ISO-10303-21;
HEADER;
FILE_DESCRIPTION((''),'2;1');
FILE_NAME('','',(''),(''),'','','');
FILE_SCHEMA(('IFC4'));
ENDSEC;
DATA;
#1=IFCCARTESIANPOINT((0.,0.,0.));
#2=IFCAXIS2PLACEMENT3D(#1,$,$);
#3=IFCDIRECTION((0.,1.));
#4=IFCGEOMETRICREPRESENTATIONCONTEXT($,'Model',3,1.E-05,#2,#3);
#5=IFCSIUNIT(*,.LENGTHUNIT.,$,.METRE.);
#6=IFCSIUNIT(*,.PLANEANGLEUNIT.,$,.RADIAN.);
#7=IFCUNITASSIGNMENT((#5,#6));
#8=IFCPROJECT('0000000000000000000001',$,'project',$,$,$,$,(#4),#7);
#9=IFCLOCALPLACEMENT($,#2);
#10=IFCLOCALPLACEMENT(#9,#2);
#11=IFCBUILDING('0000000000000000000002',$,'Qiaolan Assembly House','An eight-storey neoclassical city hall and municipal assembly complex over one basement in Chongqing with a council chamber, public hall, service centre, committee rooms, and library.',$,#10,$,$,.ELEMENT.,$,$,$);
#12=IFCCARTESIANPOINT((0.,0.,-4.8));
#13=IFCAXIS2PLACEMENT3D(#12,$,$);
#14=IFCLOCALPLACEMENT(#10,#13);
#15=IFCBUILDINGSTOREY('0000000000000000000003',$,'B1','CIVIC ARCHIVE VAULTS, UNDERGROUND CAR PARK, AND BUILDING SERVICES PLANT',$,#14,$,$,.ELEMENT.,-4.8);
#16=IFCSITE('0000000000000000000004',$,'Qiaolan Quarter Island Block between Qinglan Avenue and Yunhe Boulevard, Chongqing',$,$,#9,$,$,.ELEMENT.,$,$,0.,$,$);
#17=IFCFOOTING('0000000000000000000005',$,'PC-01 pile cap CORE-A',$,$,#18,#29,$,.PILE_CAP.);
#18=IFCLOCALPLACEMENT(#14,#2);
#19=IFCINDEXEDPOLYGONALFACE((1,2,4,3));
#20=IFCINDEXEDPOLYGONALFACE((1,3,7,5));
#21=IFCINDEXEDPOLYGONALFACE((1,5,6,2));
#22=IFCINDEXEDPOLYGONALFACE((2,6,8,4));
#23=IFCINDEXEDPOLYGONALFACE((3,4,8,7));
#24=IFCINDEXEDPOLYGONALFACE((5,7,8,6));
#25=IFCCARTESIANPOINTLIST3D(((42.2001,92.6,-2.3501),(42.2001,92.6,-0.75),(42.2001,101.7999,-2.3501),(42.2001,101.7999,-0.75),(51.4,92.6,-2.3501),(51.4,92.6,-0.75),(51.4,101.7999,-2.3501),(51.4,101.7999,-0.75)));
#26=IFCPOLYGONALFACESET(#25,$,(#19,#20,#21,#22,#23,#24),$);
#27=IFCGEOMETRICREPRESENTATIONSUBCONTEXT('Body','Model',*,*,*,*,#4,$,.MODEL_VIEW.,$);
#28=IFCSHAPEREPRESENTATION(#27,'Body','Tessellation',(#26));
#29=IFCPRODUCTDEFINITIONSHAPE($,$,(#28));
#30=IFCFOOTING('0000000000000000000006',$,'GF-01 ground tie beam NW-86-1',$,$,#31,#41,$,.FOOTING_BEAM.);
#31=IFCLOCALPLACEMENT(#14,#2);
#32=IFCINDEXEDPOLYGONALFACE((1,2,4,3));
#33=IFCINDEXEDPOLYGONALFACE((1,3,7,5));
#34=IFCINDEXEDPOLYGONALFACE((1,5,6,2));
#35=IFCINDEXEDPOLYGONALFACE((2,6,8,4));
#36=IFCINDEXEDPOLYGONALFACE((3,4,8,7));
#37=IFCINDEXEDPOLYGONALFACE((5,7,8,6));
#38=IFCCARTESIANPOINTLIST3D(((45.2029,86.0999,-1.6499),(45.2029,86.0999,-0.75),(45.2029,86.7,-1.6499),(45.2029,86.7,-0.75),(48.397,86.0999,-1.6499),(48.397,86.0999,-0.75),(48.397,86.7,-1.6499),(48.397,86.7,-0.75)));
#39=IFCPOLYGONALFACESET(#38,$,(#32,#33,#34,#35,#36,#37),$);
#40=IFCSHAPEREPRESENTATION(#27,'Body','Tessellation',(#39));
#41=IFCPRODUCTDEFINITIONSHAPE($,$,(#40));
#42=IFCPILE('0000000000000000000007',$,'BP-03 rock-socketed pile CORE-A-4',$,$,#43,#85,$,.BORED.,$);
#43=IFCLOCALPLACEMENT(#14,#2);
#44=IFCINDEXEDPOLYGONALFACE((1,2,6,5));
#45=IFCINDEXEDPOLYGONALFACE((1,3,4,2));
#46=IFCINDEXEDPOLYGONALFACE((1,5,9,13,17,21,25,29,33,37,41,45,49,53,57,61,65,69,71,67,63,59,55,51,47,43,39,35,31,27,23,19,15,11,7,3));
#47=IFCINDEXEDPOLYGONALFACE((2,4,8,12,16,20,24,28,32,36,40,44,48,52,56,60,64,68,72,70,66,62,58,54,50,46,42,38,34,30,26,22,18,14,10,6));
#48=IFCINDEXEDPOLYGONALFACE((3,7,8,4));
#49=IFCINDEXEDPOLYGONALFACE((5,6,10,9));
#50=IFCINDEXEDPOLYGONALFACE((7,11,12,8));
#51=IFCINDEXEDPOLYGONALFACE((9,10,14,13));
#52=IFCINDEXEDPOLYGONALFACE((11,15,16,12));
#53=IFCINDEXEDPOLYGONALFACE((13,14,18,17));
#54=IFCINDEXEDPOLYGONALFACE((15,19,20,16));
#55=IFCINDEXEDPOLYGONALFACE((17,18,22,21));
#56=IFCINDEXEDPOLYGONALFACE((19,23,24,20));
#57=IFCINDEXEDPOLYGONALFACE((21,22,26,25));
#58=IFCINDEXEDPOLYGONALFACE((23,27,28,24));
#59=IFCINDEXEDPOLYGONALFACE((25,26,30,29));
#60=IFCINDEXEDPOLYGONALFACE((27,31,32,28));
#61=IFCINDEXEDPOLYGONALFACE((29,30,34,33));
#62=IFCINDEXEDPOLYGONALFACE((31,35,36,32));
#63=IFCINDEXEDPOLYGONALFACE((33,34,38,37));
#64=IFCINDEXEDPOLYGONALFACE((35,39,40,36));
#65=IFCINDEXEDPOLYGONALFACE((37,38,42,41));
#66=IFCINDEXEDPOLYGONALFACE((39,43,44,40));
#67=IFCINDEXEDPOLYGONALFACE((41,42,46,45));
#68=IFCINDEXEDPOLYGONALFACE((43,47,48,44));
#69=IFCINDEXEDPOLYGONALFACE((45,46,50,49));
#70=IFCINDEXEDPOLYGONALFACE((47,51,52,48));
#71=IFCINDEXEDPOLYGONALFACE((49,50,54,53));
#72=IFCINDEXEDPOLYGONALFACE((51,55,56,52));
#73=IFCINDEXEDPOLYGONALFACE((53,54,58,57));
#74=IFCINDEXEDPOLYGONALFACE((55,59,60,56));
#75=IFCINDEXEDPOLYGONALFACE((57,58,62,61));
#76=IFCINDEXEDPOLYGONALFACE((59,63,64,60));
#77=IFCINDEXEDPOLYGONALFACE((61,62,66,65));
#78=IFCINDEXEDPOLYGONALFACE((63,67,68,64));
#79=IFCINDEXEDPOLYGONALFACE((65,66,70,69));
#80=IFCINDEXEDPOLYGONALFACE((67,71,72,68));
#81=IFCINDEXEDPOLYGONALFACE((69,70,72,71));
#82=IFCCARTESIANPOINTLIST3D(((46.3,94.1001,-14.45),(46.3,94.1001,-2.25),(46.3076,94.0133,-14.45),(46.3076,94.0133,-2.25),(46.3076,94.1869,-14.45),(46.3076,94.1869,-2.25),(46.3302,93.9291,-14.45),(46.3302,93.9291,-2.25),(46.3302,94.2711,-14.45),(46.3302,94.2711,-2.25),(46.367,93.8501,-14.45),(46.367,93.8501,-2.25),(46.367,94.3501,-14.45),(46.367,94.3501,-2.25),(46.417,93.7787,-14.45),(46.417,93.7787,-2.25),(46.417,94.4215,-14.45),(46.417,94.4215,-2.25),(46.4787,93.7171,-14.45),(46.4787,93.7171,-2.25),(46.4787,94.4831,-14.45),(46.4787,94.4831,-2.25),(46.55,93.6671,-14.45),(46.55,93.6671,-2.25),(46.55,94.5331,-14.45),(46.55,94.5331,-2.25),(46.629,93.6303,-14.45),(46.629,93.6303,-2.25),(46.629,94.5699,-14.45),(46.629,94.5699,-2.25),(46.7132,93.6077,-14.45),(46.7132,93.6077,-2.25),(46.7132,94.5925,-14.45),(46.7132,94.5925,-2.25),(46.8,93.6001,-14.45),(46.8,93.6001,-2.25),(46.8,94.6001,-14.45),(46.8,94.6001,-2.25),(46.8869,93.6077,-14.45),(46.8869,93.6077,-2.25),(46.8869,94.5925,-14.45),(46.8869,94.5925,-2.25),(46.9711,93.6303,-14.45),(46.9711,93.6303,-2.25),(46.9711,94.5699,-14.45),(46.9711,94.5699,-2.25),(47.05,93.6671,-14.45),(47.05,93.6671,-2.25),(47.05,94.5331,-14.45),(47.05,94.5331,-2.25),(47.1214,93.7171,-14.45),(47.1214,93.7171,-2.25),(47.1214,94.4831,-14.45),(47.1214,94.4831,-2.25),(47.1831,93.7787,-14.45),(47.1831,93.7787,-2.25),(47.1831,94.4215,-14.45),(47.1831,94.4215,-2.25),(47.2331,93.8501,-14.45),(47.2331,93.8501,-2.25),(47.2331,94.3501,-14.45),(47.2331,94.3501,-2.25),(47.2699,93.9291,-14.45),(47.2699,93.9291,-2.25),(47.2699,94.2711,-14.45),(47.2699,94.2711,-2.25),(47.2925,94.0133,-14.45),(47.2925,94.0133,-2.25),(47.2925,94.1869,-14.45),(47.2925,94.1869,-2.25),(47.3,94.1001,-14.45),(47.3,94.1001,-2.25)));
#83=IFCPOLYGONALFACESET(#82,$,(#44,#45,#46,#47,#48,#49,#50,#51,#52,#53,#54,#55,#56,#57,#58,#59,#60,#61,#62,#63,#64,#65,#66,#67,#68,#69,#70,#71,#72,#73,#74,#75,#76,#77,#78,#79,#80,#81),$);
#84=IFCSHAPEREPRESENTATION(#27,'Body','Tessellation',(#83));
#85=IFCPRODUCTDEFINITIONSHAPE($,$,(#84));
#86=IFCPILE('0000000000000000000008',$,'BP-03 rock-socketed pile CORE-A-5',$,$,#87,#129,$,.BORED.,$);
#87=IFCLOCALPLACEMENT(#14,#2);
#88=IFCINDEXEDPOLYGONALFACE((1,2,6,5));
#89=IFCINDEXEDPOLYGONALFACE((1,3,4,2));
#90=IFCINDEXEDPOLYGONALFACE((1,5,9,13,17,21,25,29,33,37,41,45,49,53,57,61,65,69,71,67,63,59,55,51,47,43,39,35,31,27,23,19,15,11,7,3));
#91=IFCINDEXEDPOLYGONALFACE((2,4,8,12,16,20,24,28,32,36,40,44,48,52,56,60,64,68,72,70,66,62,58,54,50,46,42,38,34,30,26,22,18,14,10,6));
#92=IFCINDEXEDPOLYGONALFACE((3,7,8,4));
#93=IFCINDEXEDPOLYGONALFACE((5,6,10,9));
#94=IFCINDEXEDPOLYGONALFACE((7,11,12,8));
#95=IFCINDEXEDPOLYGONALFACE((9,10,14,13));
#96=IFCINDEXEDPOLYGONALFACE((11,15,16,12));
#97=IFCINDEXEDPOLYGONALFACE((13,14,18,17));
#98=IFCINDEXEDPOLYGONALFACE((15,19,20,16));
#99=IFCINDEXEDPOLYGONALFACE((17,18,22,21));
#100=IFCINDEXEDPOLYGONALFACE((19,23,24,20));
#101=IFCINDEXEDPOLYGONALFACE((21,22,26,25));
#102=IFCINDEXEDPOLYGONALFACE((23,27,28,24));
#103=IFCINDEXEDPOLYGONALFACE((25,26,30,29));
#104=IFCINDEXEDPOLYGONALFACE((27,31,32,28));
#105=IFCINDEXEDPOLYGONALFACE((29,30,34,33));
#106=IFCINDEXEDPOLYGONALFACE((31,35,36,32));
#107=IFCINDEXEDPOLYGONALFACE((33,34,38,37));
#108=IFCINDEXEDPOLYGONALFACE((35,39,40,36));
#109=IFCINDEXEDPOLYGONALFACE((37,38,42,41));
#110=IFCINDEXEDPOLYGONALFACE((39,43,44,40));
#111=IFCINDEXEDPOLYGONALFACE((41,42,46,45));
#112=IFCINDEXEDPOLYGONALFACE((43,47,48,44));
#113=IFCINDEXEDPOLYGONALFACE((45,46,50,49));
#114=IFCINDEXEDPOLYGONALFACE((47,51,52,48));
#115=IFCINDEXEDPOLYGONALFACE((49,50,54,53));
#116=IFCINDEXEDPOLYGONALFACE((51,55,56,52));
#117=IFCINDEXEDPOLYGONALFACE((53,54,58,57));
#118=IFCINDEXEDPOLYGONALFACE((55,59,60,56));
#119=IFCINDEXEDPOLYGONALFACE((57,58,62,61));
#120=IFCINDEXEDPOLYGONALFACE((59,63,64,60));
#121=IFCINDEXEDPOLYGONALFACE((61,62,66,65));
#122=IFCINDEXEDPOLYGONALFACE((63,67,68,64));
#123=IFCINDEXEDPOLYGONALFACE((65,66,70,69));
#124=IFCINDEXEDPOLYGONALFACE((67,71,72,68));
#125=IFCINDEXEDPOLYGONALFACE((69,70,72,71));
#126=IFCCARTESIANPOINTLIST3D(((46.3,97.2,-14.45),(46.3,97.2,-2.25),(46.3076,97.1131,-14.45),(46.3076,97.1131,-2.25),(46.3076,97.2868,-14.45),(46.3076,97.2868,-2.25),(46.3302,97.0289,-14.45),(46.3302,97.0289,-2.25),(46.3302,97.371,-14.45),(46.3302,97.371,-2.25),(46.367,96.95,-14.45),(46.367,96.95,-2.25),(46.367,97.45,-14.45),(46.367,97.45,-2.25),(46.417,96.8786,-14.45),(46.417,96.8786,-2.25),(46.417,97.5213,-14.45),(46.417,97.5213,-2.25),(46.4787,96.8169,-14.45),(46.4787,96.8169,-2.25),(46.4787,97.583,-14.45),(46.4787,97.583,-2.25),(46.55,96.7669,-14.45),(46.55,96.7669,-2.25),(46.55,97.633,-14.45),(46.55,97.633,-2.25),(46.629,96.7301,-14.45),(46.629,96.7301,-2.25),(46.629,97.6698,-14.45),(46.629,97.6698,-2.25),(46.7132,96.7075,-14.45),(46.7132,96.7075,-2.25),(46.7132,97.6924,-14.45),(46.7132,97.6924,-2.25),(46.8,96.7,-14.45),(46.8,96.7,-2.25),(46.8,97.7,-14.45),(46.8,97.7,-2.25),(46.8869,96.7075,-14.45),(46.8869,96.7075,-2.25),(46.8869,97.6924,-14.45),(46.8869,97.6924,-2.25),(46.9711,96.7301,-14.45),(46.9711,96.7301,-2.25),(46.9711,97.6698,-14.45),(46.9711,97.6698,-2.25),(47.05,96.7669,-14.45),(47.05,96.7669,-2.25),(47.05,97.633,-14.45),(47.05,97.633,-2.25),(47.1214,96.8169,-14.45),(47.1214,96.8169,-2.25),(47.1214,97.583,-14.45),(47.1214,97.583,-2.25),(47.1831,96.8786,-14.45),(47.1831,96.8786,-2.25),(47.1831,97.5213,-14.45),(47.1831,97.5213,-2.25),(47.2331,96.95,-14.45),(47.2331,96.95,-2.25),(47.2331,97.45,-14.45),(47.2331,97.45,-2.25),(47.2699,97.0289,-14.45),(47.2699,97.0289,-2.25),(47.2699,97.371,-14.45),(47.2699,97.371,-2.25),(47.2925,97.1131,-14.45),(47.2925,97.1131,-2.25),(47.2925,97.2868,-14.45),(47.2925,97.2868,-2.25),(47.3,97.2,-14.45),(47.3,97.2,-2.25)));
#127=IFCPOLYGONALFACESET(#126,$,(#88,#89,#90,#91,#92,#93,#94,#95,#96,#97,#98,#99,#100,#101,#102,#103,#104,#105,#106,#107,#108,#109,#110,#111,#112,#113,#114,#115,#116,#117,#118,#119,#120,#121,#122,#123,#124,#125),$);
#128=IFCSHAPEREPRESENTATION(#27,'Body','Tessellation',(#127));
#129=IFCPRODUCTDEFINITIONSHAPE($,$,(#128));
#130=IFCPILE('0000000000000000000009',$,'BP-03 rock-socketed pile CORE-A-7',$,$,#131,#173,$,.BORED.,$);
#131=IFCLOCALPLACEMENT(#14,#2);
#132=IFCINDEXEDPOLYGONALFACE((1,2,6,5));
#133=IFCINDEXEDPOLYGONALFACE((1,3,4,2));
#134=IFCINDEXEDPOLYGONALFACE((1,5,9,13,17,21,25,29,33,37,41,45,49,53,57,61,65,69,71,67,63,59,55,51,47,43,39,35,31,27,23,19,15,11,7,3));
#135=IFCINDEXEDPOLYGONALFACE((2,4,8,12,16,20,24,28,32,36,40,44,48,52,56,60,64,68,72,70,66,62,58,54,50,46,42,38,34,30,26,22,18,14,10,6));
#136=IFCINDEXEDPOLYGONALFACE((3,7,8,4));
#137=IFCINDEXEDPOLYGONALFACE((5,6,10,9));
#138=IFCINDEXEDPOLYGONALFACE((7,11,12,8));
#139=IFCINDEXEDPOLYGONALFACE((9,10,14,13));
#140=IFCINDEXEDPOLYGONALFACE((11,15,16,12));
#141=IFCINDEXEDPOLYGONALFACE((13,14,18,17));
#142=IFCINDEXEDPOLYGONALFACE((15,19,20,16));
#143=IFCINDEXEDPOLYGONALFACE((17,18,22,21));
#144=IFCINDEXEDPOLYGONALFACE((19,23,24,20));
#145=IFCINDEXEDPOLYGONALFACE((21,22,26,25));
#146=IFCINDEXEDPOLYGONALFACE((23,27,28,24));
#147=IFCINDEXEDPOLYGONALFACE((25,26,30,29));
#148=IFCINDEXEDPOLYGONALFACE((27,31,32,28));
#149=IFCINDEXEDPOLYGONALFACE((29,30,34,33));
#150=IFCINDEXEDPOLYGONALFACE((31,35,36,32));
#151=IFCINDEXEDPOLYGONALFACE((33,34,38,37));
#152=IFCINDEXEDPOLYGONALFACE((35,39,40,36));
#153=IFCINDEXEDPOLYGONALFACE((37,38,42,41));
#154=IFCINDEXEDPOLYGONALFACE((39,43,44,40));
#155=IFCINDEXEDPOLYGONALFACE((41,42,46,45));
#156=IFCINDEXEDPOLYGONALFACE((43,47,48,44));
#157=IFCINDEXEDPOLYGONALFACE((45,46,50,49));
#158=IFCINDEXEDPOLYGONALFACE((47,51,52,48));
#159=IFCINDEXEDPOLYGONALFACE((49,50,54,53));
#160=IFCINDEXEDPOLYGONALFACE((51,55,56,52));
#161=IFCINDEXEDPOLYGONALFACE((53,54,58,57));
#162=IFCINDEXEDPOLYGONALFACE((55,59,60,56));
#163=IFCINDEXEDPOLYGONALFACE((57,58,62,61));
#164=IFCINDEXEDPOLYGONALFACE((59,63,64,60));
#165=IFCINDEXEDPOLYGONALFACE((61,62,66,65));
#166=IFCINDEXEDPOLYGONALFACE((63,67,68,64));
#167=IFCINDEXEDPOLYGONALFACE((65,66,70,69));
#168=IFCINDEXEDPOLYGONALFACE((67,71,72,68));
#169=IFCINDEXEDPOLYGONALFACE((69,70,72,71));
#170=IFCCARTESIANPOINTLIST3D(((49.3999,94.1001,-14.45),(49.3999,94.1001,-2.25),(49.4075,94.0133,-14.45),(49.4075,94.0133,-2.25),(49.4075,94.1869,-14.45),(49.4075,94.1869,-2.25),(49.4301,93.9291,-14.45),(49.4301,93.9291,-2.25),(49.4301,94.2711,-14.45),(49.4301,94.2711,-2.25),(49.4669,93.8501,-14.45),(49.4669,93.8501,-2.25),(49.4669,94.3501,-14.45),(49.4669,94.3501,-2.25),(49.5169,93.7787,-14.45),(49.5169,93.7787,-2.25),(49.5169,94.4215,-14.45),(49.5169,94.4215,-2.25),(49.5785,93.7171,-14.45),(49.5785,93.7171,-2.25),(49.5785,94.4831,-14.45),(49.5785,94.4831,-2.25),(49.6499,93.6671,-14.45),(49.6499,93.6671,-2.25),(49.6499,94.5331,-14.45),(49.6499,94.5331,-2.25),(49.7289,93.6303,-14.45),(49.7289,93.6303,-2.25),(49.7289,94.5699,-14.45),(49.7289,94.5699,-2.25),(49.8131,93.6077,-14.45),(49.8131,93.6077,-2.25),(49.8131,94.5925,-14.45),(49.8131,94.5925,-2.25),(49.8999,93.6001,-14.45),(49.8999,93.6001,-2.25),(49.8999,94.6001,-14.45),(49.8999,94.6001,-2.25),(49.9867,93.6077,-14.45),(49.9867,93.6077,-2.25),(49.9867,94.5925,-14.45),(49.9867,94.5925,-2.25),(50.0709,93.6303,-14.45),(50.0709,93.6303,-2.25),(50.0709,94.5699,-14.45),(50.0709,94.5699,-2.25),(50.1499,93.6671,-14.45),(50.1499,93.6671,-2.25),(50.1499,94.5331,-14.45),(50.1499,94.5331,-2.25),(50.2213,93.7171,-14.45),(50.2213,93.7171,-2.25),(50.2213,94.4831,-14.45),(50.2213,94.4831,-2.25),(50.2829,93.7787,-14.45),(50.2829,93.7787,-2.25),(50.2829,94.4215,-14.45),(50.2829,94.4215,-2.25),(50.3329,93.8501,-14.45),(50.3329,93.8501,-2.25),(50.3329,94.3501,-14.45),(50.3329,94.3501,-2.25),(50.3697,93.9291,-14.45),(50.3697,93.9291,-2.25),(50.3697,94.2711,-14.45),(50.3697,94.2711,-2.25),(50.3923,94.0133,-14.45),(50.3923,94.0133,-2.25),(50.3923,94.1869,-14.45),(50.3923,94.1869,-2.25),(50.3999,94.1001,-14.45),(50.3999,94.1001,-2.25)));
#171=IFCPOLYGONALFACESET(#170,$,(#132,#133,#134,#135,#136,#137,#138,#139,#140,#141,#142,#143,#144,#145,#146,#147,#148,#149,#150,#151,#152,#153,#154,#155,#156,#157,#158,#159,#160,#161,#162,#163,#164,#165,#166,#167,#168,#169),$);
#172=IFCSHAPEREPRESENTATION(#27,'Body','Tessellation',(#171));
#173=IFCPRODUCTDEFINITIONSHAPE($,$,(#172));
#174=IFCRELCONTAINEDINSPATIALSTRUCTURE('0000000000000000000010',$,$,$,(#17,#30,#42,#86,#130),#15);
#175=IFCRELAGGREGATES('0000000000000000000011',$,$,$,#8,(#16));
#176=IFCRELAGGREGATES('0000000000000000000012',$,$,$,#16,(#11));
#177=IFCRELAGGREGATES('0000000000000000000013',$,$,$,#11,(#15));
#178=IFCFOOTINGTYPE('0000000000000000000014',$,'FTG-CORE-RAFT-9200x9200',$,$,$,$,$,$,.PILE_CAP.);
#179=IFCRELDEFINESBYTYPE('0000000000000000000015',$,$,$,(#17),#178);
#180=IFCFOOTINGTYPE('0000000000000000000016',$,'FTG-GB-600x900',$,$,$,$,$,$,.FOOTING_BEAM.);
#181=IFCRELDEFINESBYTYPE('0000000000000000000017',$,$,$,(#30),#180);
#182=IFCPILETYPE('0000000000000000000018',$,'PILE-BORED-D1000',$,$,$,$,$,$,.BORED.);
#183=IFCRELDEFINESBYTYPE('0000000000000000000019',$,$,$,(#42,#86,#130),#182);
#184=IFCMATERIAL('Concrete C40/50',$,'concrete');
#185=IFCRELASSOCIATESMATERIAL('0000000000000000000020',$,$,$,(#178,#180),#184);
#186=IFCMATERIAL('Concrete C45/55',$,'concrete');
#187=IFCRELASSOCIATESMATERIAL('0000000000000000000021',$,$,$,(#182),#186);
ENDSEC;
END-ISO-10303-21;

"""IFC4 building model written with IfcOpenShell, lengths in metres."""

from ifc_helpers import new_model, si_unit, direction, frame, origin, origin_2d, place, context, subcontext, project, spatial, rectangle, circle, extrude, material, material_profile, profile_set, type_object, element, save


model = new_model("IFC4")

# Units and contexts
model_context = context("Model", 3, precision=1e-05, world=origin(), true_north=direction((0.0, 1.0)))
body_context = subcontext(model_context, "Body", "Model", "MODEL_VIEW")
ifc_project = project(units=[si_unit("LENGTHUNIT", "METRE"), si_unit("PLANEANGLEUNIT", "RADIAN")], contexts=[model_context])

# Site, building, storey
site_placement = place(None, origin())
site = spatial("IfcSite", under=ifc_project, at=site_placement, Name="Qiaolan Quarter Island Block between Qinglan Avenue and Yunhe Boulevard, Chongqing", CompositionType="ELEMENT", RefElevation=0.0)
building_placement = place(site_placement, origin())
building = spatial("IfcBuilding", under=site, at=building_placement, Name="Qiaolan Assembly House", Description="An eight-storey neoclassical city hall and municipal assembly complex over one basement in Chongqing with a council chamber, public hall, service centre, committee rooms, and library.", CompositionType="ELEMENT")
storey_placement = place(building_placement, frame((0.0, 0.0, -4.8)))
storey = spatial("IfcBuildingStorey", under=building, at=storey_placement, Name="B1", Description="CIVIC ARCHIVE VAULTS, UNDERGROUND CAR PARK, AND BUILDING SERVICES PLANT", CompositionType="ELEMENT", Elevation=-4.8)

# Footings
ifc_material_1 = material(Name="Concrete C40/50", Category="concrete")
footing_type_1 = type_object("IfcFootingType", Name="FTG-CORE-RAFT-9200x9200", PredefinedType="PILE_CAP", material=ifc_material_1)
footing_1_placement = place(storey_placement, frame((46.8, 97.2, -2.3501), z_axis=(0.0, 0.0, 1.0), x_axis=(1.0, 0.0, 0.0)))
element("IfcFooting", 1, at=footing_1_placement, inside=storey, type_object=footing_type_1, Name="PC-01 pile cap CORE-A", PredefinedType="PILE_CAP", context=body_context, shape_type="SweptSolid", body=[
    extrude(rectangle(XDim=9.2, YDim=9.2, at=origin_2d()), origin(), (0.0, 0.0, 1.0), 1.6001),
])
ifc_material_profile_1 = material_profile(ifc_material_1, rectangle(XDim=0.6001, YDim=0.8999, at=origin_2d()), Name="GF 600x900")
ifc_profile_set_1 = profile_set([ifc_material_profile_1], Name="Concrete C40/50")
footing_type_2 = type_object("IfcFootingType", Name="FTG-GB-600x900", PredefinedType="FOOTING_BEAM", material=ifc_profile_set_1)
footing_2_placement = place(storey_placement, frame((45.2029, 86.3999, -1.2), z_axis=(1.0, 0.0, 0.0), x_axis=(0.0, 1.0, 0.0)))
element("IfcFooting", 2, at=footing_2_placement, inside=storey, type_object=footing_type_2, Name="GF-01 ground tie beam NW-86-1", PredefinedType="FOOTING_BEAM", context=body_context, shape_type="SweptSolid", body=[
    extrude(rectangle(XDim=0.6001, YDim=0.8999, at=origin_2d()), origin(), (0.0, 0.0, 1.0), 3.1941),
])

# Piles
ifc_material_2 = material(Name="Concrete C45/55", Category="concrete")
ifc_material_profile_2 = material_profile(ifc_material_2, circle(Radius=0.5, at=origin_2d()), Name="PILE D1000")
ifc_profile_set_2 = profile_set([ifc_material_profile_2], Name="Concrete C45/55")
pile_type_1 = type_object("IfcPileType", Name="PILE-BORED-D1000", PredefinedType="BORED", material=ifc_profile_set_2)
for number, where, z_axis, x_axis, name in (
    (3, (46.8, 94.1001, -2.25), (0.0, 0.0, -1.0), (1.0, 0.0, 0.0), "BP-03 rock-socketed pile CORE-A-4"),
    (4, (46.8, 97.2, -2.25), (0.0, 0.0, -1.0), (1.0, 0.0, 0.0), "BP-03 rock-socketed pile CORE-A-5"),
    (5, (49.8999, 94.1001, -2.25), (0.0, 0.0, -1.0), (1.0, 0.0, 0.0), "BP-03 rock-socketed pile CORE-A-7"),
):
    element("IfcPile", number, at=place(storey_placement, frame(where, z_axis=z_axis, x_axis=x_axis)), inside=storey, type_object=pile_type_1, Name=name, PredefinedType="BORED", context=body_context, shape_type="SweptSolid", body=[
        extrude(circle(Radius=0.5, at=origin_2d()), origin(), (0.0, 0.0, 1.0), 12.2),
    ])

save(model, "model.ifc")
